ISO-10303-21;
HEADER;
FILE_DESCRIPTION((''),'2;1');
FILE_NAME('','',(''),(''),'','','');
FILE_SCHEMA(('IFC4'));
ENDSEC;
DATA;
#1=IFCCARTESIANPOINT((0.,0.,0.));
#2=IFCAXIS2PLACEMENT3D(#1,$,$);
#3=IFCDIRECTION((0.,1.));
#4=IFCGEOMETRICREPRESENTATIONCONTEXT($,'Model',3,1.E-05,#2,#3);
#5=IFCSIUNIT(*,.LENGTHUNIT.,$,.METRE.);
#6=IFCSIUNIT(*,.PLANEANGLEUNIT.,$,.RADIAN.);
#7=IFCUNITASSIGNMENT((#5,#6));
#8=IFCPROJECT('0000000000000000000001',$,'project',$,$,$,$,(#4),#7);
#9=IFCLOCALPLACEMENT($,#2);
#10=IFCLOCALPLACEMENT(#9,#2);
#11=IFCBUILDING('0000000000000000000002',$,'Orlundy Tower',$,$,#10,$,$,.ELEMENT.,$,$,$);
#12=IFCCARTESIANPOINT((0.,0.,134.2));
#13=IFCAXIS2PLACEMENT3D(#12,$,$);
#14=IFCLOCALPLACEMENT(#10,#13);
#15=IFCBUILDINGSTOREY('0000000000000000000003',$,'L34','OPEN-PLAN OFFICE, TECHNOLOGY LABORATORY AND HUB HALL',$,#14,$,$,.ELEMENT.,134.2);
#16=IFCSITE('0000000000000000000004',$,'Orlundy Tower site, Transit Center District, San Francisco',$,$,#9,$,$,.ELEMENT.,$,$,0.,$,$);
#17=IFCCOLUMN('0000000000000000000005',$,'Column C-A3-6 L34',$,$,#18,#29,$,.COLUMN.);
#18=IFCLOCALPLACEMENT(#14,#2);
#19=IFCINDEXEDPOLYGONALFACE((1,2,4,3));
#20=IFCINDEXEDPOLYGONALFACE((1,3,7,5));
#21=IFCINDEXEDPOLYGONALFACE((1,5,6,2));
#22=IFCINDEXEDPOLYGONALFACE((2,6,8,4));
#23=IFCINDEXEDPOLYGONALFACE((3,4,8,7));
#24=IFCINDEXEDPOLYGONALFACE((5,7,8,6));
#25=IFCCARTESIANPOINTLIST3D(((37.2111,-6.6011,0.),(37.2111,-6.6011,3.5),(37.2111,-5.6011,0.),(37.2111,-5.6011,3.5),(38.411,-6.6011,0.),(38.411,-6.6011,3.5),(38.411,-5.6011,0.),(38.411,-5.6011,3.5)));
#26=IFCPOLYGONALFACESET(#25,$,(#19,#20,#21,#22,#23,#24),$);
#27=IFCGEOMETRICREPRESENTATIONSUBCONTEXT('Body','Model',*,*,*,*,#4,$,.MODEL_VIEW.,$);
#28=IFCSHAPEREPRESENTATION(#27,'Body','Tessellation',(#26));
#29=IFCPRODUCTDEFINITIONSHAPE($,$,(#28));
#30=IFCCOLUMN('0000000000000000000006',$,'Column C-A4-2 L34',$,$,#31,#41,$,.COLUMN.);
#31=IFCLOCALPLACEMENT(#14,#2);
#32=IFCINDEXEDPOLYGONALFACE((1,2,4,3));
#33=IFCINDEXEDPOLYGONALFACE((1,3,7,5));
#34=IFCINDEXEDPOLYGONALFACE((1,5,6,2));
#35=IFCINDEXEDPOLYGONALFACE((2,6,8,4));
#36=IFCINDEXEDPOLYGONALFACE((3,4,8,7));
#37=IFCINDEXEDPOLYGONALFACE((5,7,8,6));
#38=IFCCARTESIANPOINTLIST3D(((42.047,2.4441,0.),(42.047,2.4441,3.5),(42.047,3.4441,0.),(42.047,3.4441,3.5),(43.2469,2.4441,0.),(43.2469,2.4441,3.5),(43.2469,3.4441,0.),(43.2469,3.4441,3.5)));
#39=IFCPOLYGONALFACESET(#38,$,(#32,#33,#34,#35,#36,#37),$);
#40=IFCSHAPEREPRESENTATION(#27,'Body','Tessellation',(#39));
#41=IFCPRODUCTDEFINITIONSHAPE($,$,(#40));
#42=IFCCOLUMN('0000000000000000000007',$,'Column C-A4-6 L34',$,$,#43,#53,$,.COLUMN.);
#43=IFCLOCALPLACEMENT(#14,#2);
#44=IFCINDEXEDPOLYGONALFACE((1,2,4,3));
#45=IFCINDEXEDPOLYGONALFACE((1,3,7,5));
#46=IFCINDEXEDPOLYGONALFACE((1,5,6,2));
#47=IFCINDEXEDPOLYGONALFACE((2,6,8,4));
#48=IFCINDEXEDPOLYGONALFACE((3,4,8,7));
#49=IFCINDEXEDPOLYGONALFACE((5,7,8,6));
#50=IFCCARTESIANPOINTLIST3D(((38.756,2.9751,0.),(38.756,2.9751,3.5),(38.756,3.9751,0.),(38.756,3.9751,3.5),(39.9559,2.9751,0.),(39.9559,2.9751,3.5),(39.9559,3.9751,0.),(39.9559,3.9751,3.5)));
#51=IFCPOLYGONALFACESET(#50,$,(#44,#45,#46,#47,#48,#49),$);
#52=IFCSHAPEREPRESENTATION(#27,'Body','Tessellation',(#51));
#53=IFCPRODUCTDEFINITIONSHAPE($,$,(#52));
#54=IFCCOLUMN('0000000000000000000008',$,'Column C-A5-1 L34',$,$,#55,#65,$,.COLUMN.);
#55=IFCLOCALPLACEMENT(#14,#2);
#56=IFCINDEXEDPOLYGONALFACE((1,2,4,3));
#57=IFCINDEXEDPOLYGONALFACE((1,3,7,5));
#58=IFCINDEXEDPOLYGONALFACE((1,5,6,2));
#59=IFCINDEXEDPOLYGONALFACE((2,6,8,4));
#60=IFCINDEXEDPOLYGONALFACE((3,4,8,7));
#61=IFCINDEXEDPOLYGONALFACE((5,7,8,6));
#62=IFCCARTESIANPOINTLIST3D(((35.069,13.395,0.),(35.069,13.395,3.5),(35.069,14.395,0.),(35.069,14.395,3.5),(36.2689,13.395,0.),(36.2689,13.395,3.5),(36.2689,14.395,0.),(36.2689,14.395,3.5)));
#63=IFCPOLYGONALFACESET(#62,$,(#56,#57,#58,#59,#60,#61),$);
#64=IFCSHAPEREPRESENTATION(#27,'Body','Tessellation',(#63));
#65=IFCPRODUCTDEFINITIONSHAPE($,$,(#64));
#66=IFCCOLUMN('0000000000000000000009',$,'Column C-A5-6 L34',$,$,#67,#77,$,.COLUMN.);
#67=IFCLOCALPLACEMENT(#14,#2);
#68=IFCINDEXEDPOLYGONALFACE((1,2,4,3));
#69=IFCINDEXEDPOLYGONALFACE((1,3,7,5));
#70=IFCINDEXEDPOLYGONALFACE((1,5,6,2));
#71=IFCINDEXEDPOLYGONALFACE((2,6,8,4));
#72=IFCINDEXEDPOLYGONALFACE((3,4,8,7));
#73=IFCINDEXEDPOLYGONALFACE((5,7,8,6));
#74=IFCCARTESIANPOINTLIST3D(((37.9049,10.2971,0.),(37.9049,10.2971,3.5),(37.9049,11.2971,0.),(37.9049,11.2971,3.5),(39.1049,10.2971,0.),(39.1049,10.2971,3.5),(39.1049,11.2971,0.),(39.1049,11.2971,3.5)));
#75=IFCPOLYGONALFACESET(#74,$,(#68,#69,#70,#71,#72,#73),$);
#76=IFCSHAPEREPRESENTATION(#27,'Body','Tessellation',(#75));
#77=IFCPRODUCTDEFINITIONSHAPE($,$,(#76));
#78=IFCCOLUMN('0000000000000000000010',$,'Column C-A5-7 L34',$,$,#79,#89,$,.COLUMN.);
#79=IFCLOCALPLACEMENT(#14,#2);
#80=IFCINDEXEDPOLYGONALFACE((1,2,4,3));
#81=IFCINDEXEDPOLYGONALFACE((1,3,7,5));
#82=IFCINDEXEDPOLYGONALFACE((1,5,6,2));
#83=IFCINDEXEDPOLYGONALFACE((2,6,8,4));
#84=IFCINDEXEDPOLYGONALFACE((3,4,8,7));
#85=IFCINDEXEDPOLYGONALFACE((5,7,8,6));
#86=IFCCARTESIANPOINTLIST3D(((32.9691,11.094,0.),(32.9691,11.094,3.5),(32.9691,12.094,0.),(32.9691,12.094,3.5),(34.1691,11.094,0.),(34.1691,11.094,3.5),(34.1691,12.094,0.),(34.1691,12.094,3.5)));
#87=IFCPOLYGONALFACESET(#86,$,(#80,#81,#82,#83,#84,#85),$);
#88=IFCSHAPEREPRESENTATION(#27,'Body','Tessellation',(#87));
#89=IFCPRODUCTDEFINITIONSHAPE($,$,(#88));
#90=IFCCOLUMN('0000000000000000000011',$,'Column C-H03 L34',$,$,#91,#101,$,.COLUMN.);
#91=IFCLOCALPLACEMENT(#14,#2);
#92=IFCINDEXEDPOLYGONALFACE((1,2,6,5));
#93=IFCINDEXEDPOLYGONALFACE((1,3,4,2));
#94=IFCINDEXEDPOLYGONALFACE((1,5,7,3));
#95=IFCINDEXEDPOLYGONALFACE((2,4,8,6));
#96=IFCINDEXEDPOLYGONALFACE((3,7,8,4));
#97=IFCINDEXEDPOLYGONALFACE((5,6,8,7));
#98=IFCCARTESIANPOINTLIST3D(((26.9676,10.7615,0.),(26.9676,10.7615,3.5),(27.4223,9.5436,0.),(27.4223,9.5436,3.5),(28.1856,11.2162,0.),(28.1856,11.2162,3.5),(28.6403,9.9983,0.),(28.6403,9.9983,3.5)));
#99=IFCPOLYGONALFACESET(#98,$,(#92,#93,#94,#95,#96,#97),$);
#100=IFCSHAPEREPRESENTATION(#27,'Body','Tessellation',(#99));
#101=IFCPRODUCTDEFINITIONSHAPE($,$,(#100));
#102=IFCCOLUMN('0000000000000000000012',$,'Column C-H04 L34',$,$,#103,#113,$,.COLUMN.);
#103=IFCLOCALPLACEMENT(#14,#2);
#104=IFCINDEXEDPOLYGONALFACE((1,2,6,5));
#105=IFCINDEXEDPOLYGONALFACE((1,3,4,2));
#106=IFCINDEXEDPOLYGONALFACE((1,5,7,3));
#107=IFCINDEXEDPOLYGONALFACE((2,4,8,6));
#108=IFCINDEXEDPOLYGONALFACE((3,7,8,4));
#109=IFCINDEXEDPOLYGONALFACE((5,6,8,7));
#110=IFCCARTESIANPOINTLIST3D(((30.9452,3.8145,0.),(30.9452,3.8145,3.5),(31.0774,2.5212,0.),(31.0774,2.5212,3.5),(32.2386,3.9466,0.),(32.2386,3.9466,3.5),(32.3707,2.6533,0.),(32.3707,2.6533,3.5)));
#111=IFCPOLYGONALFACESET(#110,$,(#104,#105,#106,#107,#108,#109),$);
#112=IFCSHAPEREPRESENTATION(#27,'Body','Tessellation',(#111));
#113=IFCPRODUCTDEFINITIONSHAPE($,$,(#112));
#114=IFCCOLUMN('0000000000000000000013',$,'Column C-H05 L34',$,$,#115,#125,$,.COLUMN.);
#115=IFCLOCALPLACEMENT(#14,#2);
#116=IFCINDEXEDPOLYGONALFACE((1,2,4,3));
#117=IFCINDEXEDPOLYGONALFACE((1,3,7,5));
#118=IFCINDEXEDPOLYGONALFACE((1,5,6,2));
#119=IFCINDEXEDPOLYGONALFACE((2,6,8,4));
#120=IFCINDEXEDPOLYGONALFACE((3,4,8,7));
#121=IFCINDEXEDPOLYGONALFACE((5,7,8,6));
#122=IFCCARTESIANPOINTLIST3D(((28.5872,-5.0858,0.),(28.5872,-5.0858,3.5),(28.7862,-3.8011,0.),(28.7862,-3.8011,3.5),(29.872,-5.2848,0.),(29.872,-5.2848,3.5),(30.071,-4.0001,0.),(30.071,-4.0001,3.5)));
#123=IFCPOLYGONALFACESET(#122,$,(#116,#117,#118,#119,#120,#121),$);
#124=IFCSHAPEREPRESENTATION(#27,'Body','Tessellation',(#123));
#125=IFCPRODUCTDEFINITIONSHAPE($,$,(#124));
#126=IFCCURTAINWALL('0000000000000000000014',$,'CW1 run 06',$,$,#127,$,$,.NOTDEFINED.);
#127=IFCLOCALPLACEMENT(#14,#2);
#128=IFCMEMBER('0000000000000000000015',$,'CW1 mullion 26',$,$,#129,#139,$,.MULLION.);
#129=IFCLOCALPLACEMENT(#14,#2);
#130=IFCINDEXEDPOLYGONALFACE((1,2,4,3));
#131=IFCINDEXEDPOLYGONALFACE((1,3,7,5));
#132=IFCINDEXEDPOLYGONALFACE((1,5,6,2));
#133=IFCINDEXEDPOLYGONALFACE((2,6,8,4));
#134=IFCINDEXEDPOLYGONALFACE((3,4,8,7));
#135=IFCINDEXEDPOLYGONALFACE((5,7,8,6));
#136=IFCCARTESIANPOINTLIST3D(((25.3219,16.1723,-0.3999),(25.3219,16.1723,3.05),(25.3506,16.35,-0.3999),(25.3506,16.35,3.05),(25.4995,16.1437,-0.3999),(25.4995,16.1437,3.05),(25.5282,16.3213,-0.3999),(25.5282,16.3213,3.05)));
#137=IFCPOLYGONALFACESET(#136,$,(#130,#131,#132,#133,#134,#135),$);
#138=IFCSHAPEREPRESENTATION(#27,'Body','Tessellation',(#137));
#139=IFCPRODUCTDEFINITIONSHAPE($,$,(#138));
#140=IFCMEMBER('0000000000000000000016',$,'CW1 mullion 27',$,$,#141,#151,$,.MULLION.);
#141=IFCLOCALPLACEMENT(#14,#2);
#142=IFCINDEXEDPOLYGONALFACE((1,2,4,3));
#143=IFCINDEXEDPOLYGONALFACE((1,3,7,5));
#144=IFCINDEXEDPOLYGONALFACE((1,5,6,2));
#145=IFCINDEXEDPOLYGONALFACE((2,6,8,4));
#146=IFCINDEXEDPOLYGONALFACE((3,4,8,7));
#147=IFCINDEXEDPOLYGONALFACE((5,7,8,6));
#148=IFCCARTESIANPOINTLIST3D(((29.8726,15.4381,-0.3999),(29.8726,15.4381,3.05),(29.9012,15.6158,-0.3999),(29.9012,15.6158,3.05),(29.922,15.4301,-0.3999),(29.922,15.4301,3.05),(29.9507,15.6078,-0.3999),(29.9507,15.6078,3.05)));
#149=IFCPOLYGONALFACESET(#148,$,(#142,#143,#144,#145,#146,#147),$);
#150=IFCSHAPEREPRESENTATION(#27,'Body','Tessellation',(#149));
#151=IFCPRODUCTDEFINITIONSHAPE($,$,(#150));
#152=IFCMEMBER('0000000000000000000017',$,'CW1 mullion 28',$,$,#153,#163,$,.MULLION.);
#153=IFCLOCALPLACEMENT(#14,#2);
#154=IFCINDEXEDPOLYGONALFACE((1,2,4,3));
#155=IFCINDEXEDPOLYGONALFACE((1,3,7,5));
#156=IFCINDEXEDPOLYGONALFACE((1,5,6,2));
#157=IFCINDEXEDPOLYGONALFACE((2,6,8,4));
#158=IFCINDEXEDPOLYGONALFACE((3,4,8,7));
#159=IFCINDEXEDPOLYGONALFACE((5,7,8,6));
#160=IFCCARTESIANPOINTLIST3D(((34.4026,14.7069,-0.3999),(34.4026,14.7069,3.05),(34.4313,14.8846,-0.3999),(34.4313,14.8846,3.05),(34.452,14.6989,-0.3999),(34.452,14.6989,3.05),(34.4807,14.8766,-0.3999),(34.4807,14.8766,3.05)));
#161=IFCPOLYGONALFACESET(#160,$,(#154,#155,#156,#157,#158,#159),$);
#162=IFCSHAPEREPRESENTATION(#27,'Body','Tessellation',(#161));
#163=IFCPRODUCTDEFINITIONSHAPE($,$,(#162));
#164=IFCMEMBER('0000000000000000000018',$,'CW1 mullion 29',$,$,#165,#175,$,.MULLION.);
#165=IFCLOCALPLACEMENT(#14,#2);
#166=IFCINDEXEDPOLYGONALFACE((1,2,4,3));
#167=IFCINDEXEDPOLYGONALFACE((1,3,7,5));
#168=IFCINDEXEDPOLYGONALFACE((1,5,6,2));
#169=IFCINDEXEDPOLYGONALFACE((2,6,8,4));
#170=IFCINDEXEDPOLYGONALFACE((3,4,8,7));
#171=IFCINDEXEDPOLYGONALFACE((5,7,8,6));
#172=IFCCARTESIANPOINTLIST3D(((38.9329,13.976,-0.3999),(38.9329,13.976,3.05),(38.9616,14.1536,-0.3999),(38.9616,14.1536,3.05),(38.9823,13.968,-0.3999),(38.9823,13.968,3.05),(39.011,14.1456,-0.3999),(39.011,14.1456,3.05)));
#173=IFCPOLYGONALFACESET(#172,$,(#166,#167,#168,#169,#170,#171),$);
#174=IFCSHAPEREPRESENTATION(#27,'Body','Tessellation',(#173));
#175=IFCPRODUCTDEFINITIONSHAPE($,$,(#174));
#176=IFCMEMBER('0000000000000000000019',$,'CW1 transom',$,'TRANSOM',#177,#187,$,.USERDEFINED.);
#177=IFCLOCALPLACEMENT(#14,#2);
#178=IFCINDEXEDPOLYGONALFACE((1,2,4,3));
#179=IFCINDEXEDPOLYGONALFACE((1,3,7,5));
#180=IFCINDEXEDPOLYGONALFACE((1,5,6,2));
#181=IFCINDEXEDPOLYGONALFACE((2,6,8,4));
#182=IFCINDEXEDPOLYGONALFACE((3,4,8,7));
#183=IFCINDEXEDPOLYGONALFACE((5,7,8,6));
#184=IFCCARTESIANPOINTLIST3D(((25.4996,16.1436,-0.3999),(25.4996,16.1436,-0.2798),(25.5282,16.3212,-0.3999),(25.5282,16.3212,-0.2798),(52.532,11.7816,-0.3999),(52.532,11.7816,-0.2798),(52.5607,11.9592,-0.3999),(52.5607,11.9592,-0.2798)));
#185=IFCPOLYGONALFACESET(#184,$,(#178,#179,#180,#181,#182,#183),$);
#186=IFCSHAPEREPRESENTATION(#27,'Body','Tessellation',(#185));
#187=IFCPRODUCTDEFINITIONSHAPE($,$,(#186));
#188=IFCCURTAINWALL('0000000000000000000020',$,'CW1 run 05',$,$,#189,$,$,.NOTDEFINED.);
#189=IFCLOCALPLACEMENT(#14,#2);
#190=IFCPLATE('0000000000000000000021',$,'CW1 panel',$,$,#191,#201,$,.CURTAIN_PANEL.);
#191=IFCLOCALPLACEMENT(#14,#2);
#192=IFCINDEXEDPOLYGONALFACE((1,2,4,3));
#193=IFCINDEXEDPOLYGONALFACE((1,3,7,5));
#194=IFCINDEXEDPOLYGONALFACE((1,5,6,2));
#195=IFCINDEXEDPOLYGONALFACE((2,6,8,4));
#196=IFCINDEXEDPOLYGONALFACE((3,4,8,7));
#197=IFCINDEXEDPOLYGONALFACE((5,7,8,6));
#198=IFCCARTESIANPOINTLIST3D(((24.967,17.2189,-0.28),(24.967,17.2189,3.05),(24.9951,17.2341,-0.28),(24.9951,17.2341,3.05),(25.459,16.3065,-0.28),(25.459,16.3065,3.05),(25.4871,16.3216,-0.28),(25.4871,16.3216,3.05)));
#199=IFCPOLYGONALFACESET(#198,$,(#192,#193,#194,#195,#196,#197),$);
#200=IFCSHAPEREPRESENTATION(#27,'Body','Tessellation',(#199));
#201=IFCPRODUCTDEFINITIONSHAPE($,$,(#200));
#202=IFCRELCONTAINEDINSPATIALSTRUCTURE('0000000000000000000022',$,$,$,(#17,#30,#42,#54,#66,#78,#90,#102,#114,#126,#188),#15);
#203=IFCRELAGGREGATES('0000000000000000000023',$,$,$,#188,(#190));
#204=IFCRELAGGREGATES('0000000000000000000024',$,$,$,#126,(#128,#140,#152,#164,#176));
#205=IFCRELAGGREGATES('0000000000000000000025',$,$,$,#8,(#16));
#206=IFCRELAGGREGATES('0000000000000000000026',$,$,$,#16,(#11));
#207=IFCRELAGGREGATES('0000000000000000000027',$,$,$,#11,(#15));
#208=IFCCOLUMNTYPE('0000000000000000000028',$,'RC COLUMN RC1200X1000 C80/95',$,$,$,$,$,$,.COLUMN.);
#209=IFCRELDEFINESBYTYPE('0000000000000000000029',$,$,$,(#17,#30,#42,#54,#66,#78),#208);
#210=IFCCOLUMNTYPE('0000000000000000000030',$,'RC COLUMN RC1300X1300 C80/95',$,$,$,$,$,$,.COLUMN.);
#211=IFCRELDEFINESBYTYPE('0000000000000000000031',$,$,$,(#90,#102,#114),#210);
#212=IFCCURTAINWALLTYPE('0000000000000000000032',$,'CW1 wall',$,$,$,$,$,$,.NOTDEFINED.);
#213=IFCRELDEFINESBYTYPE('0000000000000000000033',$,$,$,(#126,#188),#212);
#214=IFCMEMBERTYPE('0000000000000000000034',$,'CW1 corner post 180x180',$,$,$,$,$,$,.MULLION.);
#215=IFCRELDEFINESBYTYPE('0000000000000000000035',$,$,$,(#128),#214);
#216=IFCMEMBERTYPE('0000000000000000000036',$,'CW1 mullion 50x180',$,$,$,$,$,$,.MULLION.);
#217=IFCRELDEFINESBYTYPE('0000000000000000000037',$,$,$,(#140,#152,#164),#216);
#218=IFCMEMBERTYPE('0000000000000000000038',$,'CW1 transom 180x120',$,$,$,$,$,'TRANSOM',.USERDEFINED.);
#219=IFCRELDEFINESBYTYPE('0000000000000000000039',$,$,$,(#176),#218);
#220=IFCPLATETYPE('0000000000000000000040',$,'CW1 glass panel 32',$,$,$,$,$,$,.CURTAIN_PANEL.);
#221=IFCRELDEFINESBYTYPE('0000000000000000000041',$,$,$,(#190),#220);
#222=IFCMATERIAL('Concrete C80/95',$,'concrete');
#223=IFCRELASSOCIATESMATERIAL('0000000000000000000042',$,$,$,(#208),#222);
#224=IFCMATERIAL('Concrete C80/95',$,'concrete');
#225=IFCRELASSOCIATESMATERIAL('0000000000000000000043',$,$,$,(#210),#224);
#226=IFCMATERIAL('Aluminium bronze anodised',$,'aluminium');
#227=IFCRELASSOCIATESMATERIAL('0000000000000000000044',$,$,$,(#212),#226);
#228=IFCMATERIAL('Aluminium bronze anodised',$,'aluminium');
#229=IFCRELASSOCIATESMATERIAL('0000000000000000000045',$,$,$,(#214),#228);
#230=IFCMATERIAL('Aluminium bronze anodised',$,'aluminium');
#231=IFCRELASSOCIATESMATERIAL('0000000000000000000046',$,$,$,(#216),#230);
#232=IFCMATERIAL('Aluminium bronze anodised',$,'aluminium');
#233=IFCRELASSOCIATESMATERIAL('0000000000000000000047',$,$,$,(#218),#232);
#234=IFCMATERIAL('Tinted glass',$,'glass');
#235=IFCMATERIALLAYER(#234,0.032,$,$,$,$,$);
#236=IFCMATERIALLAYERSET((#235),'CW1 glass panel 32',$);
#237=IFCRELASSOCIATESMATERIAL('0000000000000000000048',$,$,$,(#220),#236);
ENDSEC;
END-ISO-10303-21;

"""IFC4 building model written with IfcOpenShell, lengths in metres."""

from ifc_helpers import new_model, si_unit, direction, frame, origin, origin_2d, place, context, subcontext, project, spatial, rectangle, extrude, material, layer, layer_set, material_profile, profile_set, type_object, element, aggregate, save


model = new_model("IFC4")

# Units and contexts
model_context = context("Model", 3, precision=1e-05, world=origin(), true_north=direction((0.0, 1.0)))
body_context = subcontext(model_context, "Body", "Model", "MODEL_VIEW")
ifc_project = project(units=[si_unit("LENGTHUNIT", "METRE"), si_unit("PLANEANGLEUNIT", "RADIAN")], contexts=[model_context])

# Site, building, storey
site_placement = place(None, origin())
site = spatial("IfcSite", under=ifc_project, at=site_placement, Name="Orlundy Tower site, Transit Center District, San Francisco", CompositionType="ELEMENT", RefElevation=0.0)
building_placement = place(site_placement, origin())
building = spatial("IfcBuilding", under=site, at=building_placement, Name="Orlundy Tower", CompositionType="ELEMENT")
storey_placement = place(building_placement, frame((0.0, 0.0, 134.2)))
storey = spatial("IfcBuildingStorey", under=building, at=storey_placement, Name="L34", Description="OPEN-PLAN OFFICE, TECHNOLOGY LABORATORY AND HUB HALL", CompositionType="ELEMENT", Elevation=134.2)

# Columns
ifc_material_1 = material(Name="Concrete C80/95", Category="concrete")
ifc_material_profile_1 = material_profile(ifc_material_1, rectangle(XDim=1.2, YDim=1.0, at=origin_2d()), Name="RC1200X1000")
ifc_profile_set_1 = profile_set([ifc_material_profile_1], Name="Concrete C80/95")
column_type_1 = type_object("IfcColumnType", Name="RC COLUMN RC1200X1000 C80/95", PredefinedType="COLUMN", material=ifc_profile_set_1)
for number, where, z_axis, x_axis, name in (
    (1, (37.811, -6.1011, 0.0), (0.0, 0.0, 1.0), (1.0, 0.0, 0.0), "Column C-A3-6 L34"),
    (2, (42.647, 2.9441, 0.0), (0.0, 0.0, 1.0), (1.0, 0.0, 0.0), "Column C-A4-2 L34"),
    (3, (39.356, 3.4751, 0.0), (0.0, 0.0, 1.0), (1.0, 0.0, 0.0), "Column C-A4-6 L34"),
    (4, (35.6689, 13.895, 0.0), (0.0, 0.0, 1.0), (1.0, 0.0, 0.0), "Column C-A5-1 L34"),
    (5, (38.5049, 10.7971, 0.0), (0.0, 0.0, 1.0), (1.0, 0.0, 0.0), "Column C-A5-6 L34"),
    (6, (33.5691, 11.594, 0.0), (0.0, 0.0, 1.0), (1.0, 0.0, 0.0), "Column C-A5-7 L34"),
):
    element("IfcColumn", number, at=place(storey_placement, frame(where, z_axis=z_axis, x_axis=x_axis)), inside=storey, type_object=column_type_1, Name=name, PredefinedType="COLUMN", context=body_context, shape_type="SweptSolid", body=[
        extrude(rectangle(XDim=1.2, YDim=1.0, at=origin_2d()), origin(), (0.0, 0.0, 1.0), 3.5),
    ])
ifc_material_2 = material(Name="Concrete C80/95", Category="concrete")
ifc_material_profile_2 = material_profile(ifc_material_2, rectangle(XDim=1.3, YDim=1.3, at=origin_2d()), Name="RC1300X1300")
ifc_profile_set_2 = profile_set([ifc_material_profile_2], Name="Concrete C80/95")
column_type_2 = type_object("IfcColumnType", Name="RC COLUMN RC1300X1300 C80/95", PredefinedType="COLUMN", material=ifc_profile_set_2)
for number, where, z_axis, x_axis, name in (
    (7, (27.804, 10.3799, 0.0), (0.0, 0.0, 1.0), (0.936843, 0.34975, 0.0), "Column C-H03 L34"),
    (8, (31.658, 3.2339, 0.0), (0.0, 0.0, 1.0), (0.994822, 0.101629, 0.0), "Column C-H04 L34"),
    (9, (29.3291, -4.543, 0.0), (0.0, 0.0, 1.0), (0.988215, -0.153072, 0.0), "Column C-H05 L34"),
):
    element("IfcColumn", number, at=place(storey_placement, frame(where, z_axis=z_axis, x_axis=x_axis)), inside=storey, type_object=column_type_2, Name=name, PredefinedType="COLUMN", context=body_context, shape_type="SweptSolid", body=[
        extrude(rectangle(XDim=1.3, YDim=1.3, at=origin_2d()), origin(), (0.0, 0.0, 1.0), 3.5),
    ])

# Curtain wall, members
ifc_material_3 = material(Name="Aluminium bronze anodised", Category="aluminium")
curtain_wall_type = type_object("IfcCurtainWallType", Name="CW1 wall", PredefinedType="NOTDEFINED", material=ifc_material_3)
curtain_wall_1_placement = place(storey_placement, origin())
curtain_wall_1 = element("IfcCurtainWall", 10, at=curtain_wall_1_placement, inside=storey, type_object=curtain_wall_type, Name="CW1 run 06", PredefinedType="NOTDEFINED")
ifc_material_4 = material(Name="Aluminium bronze anodised", Category="aluminium")
ifc_material_profile_3 = material_profile(ifc_material_4, rectangle(XDim=0.1799, YDim=0.1799, at=origin_2d()), Name="CW1 corner post 180x180")
ifc_profile_set_3 = profile_set([ifc_material_profile_3], Name="Aluminium bronze anodised")
member_type_1 = type_object("IfcMemberType", Name="CW1 corner post 180x180", PredefinedType="MULLION", material=ifc_profile_set_3)
member_1_placement = place(storey_placement, frame((25.425, 16.2468, -0.3999), z_axis=(0.0, 0.0, 1.0), x_axis=(0.159302, 0.98723, 0.0)))
member_1 = element("IfcMember", 11, at=member_1_placement, type_object=member_type_1, Name="CW1 mullion 26", PredefinedType="MULLION", context=body_context, shape_type="SweptSolid", body=[
    extrude(rectangle(XDim=0.1799, YDim=0.1799, at=origin_2d()), origin(), (0.0, 0.0, 1.0), 3.45),
])
ifc_material_5 = material(Name="Aluminium bronze anodised", Category="aluminium")
ifc_material_profile_4 = material_profile(ifc_material_5, rectangle(XDim=0.1799, YDim=0.05, at=origin_2d()), Name="CW1 mullion 50x180")
ifc_profile_set_4 = profile_set([ifc_material_profile_4], Name="Aluminium bronze anodised")
member_type_2 = type_object("IfcMemberType", Name="CW1 mullion 50x180", PredefinedType="MULLION", material=ifc_profile_set_4)
member_2_placement = place(storey_placement, frame((29.9116, 15.5229, -0.3999), z_axis=(0.0, 0.0, 1.0), x_axis=(0.159302, 0.98723, 0.0)))
member_2 = element("IfcMember", 12, at=member_2_placement, type_object=member_type_2, Name="CW1 mullion 27", PredefinedType="MULLION", context=body_context, shape_type="SweptSolid", body=[
    extrude(rectangle(XDim=0.1799, YDim=0.05, at=origin_2d()), origin(), (0.0, 0.0, 1.0), 3.45),
])
member_3_placement = place(storey_placement, frame((34.4417, 14.7917, -0.3999), z_axis=(0.0, 0.0, 1.0), x_axis=(0.159302, 0.98723, 0.0)))
member_3 = element("IfcMember", 13, at=member_3_placement, type_object=member_type_2, Name="CW1 mullion 28", PredefinedType="MULLION", context=body_context, shape_type="SweptSolid", body=[
    extrude(rectangle(XDim=0.1799, YDim=0.05, at=origin_2d()), origin(), (0.0, 0.0, 1.0), 3.45),
])
member_4_placement = place(storey_placement, frame((38.9719, 14.0608, -0.3999), z_axis=(0.0, 0.0, 1.0), x_axis=(0.159302, 0.98723, 0.0)))
member_4 = element("IfcMember", 14, at=member_4_placement, type_object=member_type_2, Name="CW1 mullion 29", PredefinedType="MULLION", context=body_context, shape_type="SweptSolid", body=[
    extrude(rectangle(XDim=0.1799, YDim=0.05, at=origin_2d()), origin(), (0.0, 0.0, 1.0), 3.45),
])
ifc_material_6 = material(Name="Aluminium bronze anodised", Category="aluminium")
ifc_material_profile_5 = material_profile(ifc_material_6, rectangle(XDim=0.1799, YDim=0.1201, at=origin_2d()), Name="CW1 transom 180x120")
ifc_profile_set_5 = profile_set([ifc_material_profile_5], Name="Aluminium bronze anodised")
member_type_3 = type_object("IfcMemberType", Name="CW1 transom 180x120", ElementType="TRANSOM", PredefinedType="USERDEFINED", material=ifc_profile_set_5)
member_5_placement = place(storey_placement, frame((25.5139, 16.2324, -0.3398), z_axis=(0.98723, -0.159303, 0.0), x_axis=(0.159303, 0.98723, 0.0)))
member_5 = element("IfcMember", 15, at=member_5_placement, type_object=member_type_3, Name="CW1 transom", ObjectType="TRANSOM", PredefinedType="USERDEFINED", context=body_context, shape_type="SweptSolid", body=[
    extrude(rectangle(XDim=0.1799, YDim=0.1201, at=origin_2d()), origin(), (0.0, 0.0, 1.0), 27.3821),
])

# Curtain wall, plate
curtain_wall_2_placement = place(storey_placement, origin())
curtain_wall_2 = element("IfcCurtainWall", 16, at=curtain_wall_2_placement, inside=storey, type_object=curtain_wall_type, Name="CW1 run 05", PredefinedType="NOTDEFINED")
ifc_material_7 = material(Name="Tinted glass", Category="glass")
ifc_layer_1 = layer(ifc_material_7, 0.032)
ifc_layer_set_1 = layer_set([ifc_layer_1], Name="CW1 glass panel 32")
plate_type = type_object("IfcPlateType", Name="CW1 glass panel 32", PredefinedType="CURTAIN_PANEL", material=ifc_layer_set_1)
plate_1_placement = place(storey_placement, frame((25.2271, 16.7703, -0.28), z_axis=(0.0, 0.0, 1.0), x_axis=(0.474624, -0.880189, 0.0)))
plate_1 = element("IfcPlate", 17, at=plate_1_placement, type_object=plate_type, Name="CW1 panel", PredefinedType="CURTAIN_PANEL", context=body_context, shape_type="SweptSolid", body=[
    extrude(rectangle(XDim=1.0366, YDim=0.032, at=origin_2d()), origin(), (0.0, 0.0, 1.0), 3.3301),
])
aggregate(curtain_wall_2, [plate_1])

aggregate(curtain_wall_1, [member_1, member_2, member_3, member_4, member_5])

save(model, "model.ifc")
